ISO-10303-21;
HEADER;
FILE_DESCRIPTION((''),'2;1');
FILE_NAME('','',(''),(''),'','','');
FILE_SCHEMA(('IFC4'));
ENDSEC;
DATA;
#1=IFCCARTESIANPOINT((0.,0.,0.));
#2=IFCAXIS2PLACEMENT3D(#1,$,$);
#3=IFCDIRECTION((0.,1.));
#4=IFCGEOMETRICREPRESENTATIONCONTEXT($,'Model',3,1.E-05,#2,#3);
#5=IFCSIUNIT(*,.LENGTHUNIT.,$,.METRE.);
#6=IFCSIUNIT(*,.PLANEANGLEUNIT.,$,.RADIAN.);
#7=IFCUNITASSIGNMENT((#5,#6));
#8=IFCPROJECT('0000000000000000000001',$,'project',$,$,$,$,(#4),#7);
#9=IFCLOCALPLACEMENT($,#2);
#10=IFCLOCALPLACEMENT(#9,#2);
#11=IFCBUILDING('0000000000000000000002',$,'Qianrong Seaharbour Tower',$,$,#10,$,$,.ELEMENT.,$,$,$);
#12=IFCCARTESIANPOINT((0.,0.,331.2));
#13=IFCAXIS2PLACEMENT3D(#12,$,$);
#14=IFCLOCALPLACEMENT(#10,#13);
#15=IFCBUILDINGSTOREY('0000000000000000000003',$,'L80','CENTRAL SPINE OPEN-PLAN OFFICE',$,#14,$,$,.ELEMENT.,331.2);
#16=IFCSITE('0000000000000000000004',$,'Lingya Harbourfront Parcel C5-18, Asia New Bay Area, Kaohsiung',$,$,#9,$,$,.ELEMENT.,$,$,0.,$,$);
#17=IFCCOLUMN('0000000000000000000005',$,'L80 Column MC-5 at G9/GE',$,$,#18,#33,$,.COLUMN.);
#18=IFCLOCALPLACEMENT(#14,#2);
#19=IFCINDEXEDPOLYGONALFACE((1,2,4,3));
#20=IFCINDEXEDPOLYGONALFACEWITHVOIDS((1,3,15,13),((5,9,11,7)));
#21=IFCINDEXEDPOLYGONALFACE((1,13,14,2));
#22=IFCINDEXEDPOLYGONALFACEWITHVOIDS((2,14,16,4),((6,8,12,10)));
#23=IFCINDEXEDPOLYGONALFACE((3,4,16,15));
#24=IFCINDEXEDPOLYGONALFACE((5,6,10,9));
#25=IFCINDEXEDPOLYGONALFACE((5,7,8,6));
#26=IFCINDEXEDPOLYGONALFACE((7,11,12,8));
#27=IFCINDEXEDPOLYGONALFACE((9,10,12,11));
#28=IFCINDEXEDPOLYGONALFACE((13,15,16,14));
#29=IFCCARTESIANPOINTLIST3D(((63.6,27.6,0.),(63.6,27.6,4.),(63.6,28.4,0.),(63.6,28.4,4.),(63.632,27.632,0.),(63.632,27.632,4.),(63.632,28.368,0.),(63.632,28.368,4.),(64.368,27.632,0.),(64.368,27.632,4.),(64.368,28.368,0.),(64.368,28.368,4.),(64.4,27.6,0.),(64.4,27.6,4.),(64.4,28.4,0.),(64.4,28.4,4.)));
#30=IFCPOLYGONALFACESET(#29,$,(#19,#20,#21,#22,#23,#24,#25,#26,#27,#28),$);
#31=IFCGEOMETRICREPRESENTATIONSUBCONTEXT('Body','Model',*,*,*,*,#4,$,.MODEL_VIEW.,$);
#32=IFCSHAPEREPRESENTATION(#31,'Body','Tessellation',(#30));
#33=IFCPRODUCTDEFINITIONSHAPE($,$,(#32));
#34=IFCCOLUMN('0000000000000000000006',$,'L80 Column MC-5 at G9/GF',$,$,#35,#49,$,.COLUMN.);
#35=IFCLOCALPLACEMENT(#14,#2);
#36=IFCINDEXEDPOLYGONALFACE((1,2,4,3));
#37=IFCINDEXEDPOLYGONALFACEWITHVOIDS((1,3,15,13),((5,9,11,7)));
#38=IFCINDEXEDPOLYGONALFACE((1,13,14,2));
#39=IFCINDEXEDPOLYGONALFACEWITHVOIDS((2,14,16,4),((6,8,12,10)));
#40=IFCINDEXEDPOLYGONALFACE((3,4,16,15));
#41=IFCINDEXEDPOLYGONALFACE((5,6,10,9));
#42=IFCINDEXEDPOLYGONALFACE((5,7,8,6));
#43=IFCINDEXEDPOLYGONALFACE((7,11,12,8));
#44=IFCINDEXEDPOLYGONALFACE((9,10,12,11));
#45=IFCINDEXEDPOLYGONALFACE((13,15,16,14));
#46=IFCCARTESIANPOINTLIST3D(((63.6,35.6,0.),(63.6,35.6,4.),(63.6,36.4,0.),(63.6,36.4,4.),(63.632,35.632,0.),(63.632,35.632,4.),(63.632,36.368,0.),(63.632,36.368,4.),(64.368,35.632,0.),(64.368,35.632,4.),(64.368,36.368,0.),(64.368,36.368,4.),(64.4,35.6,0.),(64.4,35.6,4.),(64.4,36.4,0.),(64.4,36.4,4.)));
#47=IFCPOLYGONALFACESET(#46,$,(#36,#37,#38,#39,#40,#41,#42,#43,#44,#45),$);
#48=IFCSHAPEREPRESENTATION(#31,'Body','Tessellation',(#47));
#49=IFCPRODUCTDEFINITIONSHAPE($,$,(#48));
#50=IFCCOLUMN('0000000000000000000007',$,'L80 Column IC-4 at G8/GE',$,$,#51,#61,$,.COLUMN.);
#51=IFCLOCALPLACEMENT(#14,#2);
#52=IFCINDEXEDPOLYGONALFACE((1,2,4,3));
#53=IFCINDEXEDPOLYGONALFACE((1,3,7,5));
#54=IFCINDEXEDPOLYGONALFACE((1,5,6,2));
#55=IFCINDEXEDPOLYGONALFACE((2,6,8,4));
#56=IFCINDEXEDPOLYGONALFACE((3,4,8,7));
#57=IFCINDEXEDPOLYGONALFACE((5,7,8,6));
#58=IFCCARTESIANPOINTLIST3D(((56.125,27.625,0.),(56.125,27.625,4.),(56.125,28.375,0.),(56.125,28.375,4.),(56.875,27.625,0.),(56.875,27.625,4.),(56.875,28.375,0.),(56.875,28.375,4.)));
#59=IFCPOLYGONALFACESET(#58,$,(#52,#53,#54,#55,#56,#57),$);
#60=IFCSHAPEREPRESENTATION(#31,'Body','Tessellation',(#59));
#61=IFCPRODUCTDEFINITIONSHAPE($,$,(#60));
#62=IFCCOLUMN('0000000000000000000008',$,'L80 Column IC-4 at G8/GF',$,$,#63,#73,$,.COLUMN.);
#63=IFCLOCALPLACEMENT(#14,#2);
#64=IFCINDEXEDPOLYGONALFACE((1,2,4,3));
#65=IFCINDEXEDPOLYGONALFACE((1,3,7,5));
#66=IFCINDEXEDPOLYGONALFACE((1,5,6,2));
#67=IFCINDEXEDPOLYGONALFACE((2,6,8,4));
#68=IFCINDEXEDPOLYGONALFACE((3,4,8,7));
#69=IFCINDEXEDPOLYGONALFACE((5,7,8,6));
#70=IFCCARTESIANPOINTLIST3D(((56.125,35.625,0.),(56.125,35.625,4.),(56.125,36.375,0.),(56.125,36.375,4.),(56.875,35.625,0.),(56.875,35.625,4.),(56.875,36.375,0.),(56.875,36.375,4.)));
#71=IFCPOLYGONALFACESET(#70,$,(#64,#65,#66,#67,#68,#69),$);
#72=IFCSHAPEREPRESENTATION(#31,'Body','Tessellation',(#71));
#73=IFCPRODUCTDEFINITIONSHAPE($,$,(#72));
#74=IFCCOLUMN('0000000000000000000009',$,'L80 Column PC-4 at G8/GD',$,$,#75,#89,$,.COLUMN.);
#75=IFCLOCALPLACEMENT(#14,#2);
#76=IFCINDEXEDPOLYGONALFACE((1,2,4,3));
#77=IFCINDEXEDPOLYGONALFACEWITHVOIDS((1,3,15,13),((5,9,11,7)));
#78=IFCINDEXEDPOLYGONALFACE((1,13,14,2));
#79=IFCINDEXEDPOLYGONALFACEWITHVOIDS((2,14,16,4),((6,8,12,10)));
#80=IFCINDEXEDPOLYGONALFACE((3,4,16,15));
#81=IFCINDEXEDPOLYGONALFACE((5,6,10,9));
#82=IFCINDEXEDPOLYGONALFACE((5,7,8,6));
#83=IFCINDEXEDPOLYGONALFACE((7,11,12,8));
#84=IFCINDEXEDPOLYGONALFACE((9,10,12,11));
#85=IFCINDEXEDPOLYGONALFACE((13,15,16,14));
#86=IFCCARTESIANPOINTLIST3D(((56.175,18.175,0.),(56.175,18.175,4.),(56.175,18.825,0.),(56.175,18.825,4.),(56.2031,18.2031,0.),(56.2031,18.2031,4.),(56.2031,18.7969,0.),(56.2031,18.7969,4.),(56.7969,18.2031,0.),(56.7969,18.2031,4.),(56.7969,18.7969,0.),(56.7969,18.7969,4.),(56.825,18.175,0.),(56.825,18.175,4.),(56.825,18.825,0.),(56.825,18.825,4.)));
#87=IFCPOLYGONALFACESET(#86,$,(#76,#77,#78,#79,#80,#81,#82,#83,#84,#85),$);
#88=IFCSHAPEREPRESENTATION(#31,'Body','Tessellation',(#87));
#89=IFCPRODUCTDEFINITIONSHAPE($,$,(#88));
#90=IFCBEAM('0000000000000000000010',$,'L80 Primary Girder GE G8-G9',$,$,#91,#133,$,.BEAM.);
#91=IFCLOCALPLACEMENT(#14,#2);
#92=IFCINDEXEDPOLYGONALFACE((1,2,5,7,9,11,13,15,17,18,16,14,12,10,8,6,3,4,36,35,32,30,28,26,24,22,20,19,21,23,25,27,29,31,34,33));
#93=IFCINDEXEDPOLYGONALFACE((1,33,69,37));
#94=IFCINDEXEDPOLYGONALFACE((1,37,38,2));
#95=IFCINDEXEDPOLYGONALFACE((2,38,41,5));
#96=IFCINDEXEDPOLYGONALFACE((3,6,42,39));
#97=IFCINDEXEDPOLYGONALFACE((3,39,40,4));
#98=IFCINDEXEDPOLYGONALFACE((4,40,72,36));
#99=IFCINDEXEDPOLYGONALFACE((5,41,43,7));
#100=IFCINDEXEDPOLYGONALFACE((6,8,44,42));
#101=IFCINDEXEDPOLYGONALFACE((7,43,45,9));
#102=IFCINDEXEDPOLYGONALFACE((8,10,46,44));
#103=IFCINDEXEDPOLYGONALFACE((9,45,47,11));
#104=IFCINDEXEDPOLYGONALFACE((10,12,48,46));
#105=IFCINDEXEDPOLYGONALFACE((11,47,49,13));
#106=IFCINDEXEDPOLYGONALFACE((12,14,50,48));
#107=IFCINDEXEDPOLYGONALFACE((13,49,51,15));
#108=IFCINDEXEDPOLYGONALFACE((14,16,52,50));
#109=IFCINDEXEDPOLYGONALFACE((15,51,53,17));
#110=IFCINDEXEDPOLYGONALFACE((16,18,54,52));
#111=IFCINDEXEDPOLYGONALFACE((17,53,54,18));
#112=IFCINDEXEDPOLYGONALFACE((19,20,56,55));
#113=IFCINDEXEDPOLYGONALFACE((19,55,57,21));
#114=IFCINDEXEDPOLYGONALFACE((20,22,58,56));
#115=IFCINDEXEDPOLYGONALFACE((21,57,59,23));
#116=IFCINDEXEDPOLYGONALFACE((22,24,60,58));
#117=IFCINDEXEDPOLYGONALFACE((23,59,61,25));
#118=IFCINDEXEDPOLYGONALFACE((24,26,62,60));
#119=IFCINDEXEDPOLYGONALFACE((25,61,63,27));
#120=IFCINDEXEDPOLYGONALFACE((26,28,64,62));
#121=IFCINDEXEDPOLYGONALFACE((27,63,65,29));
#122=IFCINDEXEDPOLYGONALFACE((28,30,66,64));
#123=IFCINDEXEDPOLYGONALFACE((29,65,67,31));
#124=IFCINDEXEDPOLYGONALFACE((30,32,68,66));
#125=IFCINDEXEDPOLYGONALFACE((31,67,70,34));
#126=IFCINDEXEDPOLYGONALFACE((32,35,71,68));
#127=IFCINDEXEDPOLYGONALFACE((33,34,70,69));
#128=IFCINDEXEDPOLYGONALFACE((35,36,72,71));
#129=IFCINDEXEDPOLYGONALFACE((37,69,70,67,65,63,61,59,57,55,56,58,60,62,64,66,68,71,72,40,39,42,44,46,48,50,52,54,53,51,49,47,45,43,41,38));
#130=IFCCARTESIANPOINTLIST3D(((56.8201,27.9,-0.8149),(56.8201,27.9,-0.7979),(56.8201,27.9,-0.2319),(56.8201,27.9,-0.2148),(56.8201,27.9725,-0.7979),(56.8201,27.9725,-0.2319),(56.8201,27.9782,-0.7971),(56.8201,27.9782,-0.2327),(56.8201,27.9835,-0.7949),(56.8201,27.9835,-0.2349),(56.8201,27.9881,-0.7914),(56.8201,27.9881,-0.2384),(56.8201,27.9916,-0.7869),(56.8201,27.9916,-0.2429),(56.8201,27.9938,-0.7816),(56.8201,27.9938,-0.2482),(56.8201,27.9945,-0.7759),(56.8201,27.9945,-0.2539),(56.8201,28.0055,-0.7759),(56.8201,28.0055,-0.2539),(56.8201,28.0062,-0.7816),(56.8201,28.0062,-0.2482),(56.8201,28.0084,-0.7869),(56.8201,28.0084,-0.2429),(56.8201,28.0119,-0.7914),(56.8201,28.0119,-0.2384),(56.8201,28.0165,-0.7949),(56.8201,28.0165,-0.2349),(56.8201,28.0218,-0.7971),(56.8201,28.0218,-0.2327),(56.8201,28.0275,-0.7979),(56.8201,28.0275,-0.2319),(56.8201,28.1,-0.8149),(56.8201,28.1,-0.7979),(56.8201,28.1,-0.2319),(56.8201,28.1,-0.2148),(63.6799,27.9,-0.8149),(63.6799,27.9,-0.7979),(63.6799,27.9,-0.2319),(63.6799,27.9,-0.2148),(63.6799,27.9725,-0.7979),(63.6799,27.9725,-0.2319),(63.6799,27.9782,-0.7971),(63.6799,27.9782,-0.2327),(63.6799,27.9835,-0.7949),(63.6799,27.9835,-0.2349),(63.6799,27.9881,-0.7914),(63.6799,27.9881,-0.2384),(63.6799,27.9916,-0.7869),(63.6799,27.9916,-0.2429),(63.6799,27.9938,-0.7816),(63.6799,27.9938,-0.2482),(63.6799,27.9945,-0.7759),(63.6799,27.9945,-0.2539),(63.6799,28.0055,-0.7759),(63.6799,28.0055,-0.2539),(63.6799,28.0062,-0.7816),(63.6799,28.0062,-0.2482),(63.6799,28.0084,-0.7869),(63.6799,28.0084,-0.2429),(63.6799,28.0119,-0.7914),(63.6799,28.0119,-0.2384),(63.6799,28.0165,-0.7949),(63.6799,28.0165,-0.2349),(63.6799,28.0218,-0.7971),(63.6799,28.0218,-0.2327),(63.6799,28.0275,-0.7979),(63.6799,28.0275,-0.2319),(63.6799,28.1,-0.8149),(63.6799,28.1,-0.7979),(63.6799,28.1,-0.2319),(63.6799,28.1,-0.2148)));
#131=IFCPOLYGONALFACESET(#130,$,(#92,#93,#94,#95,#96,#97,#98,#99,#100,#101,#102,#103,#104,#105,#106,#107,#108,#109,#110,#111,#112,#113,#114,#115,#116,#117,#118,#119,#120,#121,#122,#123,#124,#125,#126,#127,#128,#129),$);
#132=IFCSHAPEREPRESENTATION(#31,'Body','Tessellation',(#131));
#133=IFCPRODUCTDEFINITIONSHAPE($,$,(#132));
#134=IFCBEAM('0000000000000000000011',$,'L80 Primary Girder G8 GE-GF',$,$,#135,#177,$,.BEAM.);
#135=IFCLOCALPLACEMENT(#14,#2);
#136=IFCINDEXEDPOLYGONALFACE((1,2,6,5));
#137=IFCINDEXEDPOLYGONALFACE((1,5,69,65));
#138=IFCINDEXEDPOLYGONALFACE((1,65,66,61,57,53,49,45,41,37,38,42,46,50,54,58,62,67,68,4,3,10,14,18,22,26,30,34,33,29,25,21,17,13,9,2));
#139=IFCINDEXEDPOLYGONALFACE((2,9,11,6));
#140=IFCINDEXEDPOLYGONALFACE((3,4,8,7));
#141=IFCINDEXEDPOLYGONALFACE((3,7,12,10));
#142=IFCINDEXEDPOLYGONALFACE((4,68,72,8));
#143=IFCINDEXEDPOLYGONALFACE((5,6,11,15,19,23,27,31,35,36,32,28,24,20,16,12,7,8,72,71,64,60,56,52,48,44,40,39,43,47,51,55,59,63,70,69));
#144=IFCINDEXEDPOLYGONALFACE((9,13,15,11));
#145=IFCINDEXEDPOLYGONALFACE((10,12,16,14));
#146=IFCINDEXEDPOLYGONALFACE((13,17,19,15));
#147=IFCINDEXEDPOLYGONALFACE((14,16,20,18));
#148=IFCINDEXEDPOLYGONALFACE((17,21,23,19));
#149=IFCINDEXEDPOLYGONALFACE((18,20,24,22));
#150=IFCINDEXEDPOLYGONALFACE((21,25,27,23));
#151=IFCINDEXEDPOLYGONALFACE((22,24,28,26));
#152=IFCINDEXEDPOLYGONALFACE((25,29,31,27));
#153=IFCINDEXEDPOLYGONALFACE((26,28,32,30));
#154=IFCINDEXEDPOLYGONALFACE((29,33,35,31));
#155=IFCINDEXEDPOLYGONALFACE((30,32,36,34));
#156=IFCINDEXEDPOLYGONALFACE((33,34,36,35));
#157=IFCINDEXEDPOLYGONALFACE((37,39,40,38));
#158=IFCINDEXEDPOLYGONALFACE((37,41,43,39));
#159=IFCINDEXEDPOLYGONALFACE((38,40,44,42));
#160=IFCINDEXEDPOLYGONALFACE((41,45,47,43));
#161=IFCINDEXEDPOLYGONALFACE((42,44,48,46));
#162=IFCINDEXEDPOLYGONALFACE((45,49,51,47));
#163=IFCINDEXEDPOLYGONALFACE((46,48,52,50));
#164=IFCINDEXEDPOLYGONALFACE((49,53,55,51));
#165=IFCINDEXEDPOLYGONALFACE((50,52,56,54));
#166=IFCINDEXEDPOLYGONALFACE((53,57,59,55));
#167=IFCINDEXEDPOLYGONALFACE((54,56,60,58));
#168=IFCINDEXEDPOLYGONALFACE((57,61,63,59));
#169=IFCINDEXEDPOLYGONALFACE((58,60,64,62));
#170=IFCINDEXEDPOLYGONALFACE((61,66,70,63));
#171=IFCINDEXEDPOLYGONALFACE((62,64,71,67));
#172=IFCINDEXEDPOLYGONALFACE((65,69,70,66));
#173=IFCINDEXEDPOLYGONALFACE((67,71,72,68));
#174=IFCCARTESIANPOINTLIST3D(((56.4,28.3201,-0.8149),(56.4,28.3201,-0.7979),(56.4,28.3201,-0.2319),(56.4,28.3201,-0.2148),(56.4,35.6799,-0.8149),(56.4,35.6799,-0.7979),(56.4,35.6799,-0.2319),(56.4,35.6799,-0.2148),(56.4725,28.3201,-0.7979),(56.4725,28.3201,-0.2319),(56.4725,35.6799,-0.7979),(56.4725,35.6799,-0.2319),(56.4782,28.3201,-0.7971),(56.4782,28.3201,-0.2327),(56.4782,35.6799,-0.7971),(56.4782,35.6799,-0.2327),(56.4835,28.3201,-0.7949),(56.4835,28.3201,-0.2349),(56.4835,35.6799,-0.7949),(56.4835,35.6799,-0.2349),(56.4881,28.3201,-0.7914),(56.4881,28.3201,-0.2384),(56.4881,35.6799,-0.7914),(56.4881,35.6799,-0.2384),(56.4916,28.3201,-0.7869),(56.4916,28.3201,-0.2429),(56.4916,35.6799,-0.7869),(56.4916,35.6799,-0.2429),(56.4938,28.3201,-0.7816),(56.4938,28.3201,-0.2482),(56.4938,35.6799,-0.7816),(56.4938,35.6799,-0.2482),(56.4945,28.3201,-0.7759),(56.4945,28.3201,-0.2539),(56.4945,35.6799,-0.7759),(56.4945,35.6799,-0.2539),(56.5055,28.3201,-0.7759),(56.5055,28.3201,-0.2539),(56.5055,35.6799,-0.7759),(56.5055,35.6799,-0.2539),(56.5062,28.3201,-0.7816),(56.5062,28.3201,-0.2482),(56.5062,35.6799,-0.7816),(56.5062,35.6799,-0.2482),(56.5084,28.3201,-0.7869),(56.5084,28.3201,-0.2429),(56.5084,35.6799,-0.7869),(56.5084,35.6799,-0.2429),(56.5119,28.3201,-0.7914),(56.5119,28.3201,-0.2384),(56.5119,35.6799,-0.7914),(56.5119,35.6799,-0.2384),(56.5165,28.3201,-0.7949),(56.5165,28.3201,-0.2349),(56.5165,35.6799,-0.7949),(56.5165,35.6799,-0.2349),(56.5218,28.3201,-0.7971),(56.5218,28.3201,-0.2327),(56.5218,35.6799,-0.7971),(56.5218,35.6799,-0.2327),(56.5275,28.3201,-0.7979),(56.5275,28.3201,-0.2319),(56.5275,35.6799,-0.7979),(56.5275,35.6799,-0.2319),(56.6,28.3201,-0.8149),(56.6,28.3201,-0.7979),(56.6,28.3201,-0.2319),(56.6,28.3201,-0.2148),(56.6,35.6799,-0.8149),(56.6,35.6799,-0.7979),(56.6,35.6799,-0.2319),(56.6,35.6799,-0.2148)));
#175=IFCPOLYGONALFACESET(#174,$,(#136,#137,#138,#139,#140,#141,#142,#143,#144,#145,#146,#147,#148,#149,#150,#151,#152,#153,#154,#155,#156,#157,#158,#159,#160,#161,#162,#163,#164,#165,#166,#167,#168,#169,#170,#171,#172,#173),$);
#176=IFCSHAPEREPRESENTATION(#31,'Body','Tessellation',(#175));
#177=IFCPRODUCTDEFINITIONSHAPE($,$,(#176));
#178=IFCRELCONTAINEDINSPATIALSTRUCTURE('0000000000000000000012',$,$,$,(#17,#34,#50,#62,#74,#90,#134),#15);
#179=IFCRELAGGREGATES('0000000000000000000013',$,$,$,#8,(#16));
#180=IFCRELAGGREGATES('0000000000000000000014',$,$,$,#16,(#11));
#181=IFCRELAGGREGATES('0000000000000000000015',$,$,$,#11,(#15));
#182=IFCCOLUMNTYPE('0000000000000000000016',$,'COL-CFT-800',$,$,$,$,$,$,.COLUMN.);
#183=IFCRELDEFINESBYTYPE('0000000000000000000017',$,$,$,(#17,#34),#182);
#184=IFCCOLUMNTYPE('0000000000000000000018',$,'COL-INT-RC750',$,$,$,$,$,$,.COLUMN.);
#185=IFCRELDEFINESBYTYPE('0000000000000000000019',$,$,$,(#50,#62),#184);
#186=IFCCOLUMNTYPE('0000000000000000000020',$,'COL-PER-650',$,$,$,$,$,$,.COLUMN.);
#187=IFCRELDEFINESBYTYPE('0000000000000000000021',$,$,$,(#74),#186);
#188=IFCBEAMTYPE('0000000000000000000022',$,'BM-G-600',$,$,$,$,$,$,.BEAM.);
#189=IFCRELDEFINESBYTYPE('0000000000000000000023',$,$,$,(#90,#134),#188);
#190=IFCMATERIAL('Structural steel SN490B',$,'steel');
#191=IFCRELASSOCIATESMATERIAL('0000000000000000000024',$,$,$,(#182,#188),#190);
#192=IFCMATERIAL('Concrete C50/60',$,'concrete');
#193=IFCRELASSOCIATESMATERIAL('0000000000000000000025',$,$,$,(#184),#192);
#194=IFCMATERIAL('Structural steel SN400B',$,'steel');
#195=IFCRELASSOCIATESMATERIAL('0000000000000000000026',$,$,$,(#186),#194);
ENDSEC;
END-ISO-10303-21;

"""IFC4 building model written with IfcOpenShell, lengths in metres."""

from ifc_helpers import new_model, si_unit, direction, frame, origin, origin_2d, place, context, subcontext, project, spatial, rectangle, hollow_rectangle, i_section, extrude, material, material_profile, profile_set, type_object, element, save


model = new_model("IFC4")

# Units and contexts
model_context = context("Model", 3, precision=1e-05, world=origin(), true_north=direction((0.0, 1.0)))
body_context = subcontext(model_context, "Body", "Model", "MODEL_VIEW")
ifc_project = project(units=[si_unit("LENGTHUNIT", "METRE"), si_unit("PLANEANGLEUNIT", "RADIAN")], contexts=[model_context])

# Site, building, storey
site_placement = place(None, origin())
site = spatial("IfcSite", under=ifc_project, at=site_placement, Name="Lingya Harbourfront Parcel C5-18, Asia New Bay Area, Kaohsiung", CompositionType="ELEMENT", RefElevation=0.0)
building_placement = place(site_placement, origin())
building = spatial("IfcBuilding", under=site, at=building_placement, Name="Qianrong Seaharbour Tower", CompositionType="ELEMENT")
storey_placement = place(building_placement, frame((0.0, 0.0, 331.2)))
storey = spatial("IfcBuildingStorey", under=building, at=storey_placement, Name="L80", Description="CENTRAL SPINE OPEN-PLAN OFFICE", CompositionType="ELEMENT", Elevation=331.2)

# Columns
ifc_material_1 = material(Name="Structural steel SN490B", Category="steel")
ifc_material_profile_1 = material_profile(ifc_material_1, hollow_rectangle(XDim=0.8, YDim=0.8, WallThickness=0.032, at=origin_2d()), Name="BOX800x800x32")
ifc_profile_set_1 = profile_set([ifc_material_profile_1], Name="Structural steel SN490B")
column_type_1 = type_object("IfcColumnType", Name="COL-CFT-800", PredefinedType="COLUMN", material=ifc_profile_set_1)
for number, where, z_axis, x_axis, name in (
    (1, (64.0, 28.0, 0.0), (0.0, 0.0, 1.0), (1.0, 0.0, 0.0), "L80 Column MC-5 at G9/GE"),
    (2, (64.0, 36.0, 0.0), (0.0, 0.0, 1.0), (1.0, 0.0, 0.0), "L80 Column MC-5 at G9/GF"),
):
    element("IfcColumn", number, at=place(storey_placement, frame(where, z_axis=z_axis, x_axis=x_axis)), inside=storey, type_object=column_type_1, Name=name, PredefinedType="COLUMN", context=body_context, shape_type="SweptSolid", body=[
        extrude(hollow_rectangle(XDim=0.8, YDim=0.8, WallThickness=0.032, at=origin_2d()), origin(), (0.0, 0.0, 1.0), 4.0),
    ])
ifc_material_2 = material(Name="Concrete C50/60", Category="concrete")
ifc_material_profile_2 = material_profile(ifc_material_2, rectangle(XDim=0.75, YDim=0.75, at=origin_2d()), Name="RC750x750")
ifc_profile_set_2 = profile_set([ifc_material_profile_2], Name="Concrete C50/60")
column_type_2 = type_object("IfcColumnType", Name="COL-INT-RC750", PredefinedType="COLUMN", material=ifc_profile_set_2)
for number, where, z_axis, x_axis, name in (
    (3, (56.5, 28.0, 0.0), (0.0, 0.0, 1.0), (1.0, 0.0, 0.0), "L80 Column IC-4 at G8/GE"),
    (4, (56.5, 36.0, 0.0), (0.0, 0.0, 1.0), (1.0, 0.0, 0.0), "L80 Column IC-4 at G8/GF"),
):
    element("IfcColumn", number, at=place(storey_placement, frame(where, z_axis=z_axis, x_axis=x_axis)), inside=storey, type_object=column_type_2, Name=name, PredefinedType="COLUMN", context=body_context, shape_type="SweptSolid", body=[
        extrude(rectangle(XDim=0.75, YDim=0.75, at=origin_2d()), origin(), (0.0, 0.0, 1.0), 4.0),
    ])
ifc_material_3 = material(Name="Structural steel SN400B", Category="steel")
ifc_material_profile_3 = material_profile(ifc_material_3, hollow_rectangle(XDim=0.6499, YDim=0.6499, WallThickness=0.0281, at=origin_2d()), Name="BOX650x650x28")
ifc_profile_set_3 = profile_set([ifc_material_profile_3], Name="Structural steel SN400B")
column_type_3 = type_object("IfcColumnType", Name="COL-PER-650", PredefinedType="COLUMN", material=ifc_profile_set_3)
column_placement = place(storey_placement, frame((56.5, 18.5, 0.0), z_axis=(0.0, 0.0, 1.0), x_axis=(1.0, 0.0, 0.0)))
element("IfcColumn", 5, at=column_placement, inside=storey, type_object=column_type_3, Name="L80 Column PC-4 at G8/GD", PredefinedType="COLUMN", context=body_context, shape_type="SweptSolid", body=[
    extrude(hollow_rectangle(XDim=0.6499, YDim=0.6499, WallThickness=0.0281, at=origin_2d()), origin(), (0.0, 0.0, 1.0), 4.0),
])

# Beams
ifc_material_profile_4 = material_profile(ifc_material_1, i_section(OverallWidth=0.2, OverallDepth=0.6001, WebThickness=0.011, FlangeThickness=0.0171, FilletRadius=0.022, at=origin_2d()), Name="H600x200x11x17")
ifc_profile_set_4 = profile_set([ifc_material_profile_4], Name="Structural steel SN490B")
beam_type_1 = type_object("IfcBeamType", Name="BM-G-600", PredefinedType="BEAM", material=ifc_profile_set_4)
beam_1_placement = place(storey_placement, frame((56.8201, 28.0, -0.5149), z_axis=(1.0, 0.0, 0.0), x_axis=(0.0, 1.0, 0.0)))
element("IfcBeam", 6, at=beam_1_placement, inside=storey, type_object=beam_type_1, Name="L80 Primary Girder GE G8-G9", PredefinedType="BEAM", context=body_context, shape_type="SweptSolid", body=[
    extrude(i_section(OverallWidth=0.2, OverallDepth=0.6001, WebThickness=0.011, FlangeThickness=0.0171, FilletRadius=0.022, at=origin_2d()), origin(), (0.0, 0.0, 1.0), 6.8599),
])
beam_2_placement = place(storey_placement, frame((56.5, 28.3201, -0.5149), z_axis=(0.0, 1.0, 0.0), x_axis=(-1.0, 0.0, 0.0)))
element("IfcBeam", 7, at=beam_2_placement, inside=storey, type_object=beam_type_1, Name="L80 Primary Girder G8 GE-GF", PredefinedType="BEAM", context=body_context, shape_type="SweptSolid", body=[
    extrude(i_section(OverallWidth=0.2, OverallDepth=0.6001, WebThickness=0.011, FlangeThickness=0.0171, FilletRadius=0.022, at=origin_2d()), origin(), (0.0, 0.0, 1.0), 7.3599),
])

save(model, "model.ifc")
